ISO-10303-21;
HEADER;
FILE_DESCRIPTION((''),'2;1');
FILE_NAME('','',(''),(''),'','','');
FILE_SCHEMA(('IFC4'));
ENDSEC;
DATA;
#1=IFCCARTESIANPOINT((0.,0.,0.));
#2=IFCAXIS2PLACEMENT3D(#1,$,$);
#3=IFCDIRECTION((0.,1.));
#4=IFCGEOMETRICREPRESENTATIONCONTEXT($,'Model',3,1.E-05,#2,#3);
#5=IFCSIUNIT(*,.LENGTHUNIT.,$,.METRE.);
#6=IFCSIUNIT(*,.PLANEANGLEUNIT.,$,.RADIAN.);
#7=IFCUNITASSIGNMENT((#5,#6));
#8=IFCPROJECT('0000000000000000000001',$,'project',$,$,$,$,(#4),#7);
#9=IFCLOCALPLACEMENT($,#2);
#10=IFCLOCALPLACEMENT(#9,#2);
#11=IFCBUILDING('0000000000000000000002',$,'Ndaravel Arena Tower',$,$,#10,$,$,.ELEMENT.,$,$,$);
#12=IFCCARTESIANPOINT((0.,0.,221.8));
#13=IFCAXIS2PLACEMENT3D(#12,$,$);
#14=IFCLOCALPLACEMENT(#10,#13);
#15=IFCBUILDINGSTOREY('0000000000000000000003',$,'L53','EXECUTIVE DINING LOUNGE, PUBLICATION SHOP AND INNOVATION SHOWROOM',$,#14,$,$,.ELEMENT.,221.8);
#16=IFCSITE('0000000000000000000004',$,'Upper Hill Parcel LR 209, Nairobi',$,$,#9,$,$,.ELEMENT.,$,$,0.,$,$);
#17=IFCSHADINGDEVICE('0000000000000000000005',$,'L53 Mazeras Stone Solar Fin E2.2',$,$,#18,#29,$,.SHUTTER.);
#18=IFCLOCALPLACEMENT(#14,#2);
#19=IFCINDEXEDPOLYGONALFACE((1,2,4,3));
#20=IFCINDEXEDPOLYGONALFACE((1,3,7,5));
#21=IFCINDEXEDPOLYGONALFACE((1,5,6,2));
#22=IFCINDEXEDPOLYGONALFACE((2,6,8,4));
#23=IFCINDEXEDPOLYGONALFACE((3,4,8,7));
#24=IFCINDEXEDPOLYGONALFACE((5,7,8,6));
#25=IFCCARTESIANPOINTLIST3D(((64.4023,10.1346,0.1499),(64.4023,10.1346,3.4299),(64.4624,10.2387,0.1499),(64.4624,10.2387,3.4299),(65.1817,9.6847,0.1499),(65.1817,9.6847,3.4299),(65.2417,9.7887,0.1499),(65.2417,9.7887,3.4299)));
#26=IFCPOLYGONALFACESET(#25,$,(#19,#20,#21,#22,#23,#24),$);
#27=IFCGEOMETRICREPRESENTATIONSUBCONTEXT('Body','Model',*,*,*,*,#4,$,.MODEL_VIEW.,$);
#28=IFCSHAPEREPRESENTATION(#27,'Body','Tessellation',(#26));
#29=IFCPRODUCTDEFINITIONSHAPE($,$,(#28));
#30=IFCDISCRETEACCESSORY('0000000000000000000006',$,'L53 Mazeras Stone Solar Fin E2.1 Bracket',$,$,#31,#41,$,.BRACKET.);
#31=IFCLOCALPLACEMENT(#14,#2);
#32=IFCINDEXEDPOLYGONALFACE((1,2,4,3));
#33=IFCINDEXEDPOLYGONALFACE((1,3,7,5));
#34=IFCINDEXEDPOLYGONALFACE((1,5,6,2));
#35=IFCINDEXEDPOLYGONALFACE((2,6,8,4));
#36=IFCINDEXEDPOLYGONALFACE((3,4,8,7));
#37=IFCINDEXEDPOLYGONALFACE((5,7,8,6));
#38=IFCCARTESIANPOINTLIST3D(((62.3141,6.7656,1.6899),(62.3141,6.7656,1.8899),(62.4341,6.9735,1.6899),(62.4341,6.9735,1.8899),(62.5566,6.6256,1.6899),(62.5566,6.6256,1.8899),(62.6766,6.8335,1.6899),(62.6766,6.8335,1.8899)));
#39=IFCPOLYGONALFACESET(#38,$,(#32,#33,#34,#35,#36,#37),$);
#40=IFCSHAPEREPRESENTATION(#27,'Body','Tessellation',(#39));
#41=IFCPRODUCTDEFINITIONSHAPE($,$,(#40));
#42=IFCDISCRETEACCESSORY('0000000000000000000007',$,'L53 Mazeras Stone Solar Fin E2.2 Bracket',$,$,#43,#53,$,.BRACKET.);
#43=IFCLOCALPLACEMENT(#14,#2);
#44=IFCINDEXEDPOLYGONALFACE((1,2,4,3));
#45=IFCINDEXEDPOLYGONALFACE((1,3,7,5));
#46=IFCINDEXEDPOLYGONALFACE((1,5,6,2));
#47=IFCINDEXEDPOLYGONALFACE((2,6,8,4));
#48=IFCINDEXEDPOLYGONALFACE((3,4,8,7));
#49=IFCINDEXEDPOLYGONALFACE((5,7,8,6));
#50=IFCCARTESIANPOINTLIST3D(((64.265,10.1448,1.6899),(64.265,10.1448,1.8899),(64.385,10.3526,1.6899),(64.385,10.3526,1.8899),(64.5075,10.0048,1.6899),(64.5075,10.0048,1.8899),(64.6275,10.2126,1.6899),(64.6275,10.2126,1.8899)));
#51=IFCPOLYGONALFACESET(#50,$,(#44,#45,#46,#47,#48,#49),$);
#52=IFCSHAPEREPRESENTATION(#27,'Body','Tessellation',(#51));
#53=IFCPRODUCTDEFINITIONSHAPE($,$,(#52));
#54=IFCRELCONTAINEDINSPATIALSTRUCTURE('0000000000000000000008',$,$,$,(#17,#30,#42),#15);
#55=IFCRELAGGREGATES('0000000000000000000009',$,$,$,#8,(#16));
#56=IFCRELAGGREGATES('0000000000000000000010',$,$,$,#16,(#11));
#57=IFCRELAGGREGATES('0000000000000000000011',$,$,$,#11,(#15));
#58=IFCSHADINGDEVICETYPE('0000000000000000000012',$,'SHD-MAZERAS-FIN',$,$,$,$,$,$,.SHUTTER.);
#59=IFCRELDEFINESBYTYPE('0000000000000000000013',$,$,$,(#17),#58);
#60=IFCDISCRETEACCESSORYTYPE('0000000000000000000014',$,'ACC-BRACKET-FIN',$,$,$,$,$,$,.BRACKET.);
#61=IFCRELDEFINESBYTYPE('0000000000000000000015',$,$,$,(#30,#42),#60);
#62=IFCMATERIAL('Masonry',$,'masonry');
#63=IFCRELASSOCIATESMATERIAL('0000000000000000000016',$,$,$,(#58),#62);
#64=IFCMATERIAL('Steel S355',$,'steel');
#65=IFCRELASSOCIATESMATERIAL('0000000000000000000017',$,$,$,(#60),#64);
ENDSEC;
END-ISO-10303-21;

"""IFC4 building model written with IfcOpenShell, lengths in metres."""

from ifc_helpers import new_model, si_unit, direction, frame, origin, origin_2d, place, context, subcontext, project, spatial, rectangle, extrude, material, type_object, element, save


model = new_model("IFC4")

# Units and contexts
model_context = context("Model", 3, precision=1e-05, world=origin(), true_north=direction((0.0, 1.0)))
body_context = subcontext(model_context, "Body", "Model", "MODEL_VIEW")
ifc_project = project(units=[si_unit("LENGTHUNIT", "METRE"), si_unit("PLANEANGLEUNIT", "RADIAN")], contexts=[model_context])

# Site, building, storey
site_placement = place(None, origin())
site = spatial("IfcSite", under=ifc_project, at=site_placement, Name="Upper Hill Parcel LR 209, Nairobi", CompositionType="ELEMENT", RefElevation=0.0)
building_placement = place(site_placement, origin())
building = spatial("IfcBuilding", under=site, at=building_placement, Name="Ndaravel Arena Tower", CompositionType="ELEMENT")
storey_placement = place(building_placement, frame((0.0, 0.0, 221.8)))
storey = spatial("IfcBuildingStorey", under=building, at=storey_placement, Name="L53", Description="EXECUTIVE DINING LOUNGE, PUBLICATION SHOP AND INNOVATION SHOWROOM", CompositionType="ELEMENT", Elevation=221.8)

# Shading device
ifc_material_1 = material(Name="Masonry", Category="masonry")
shading_device_type = type_object("IfcShadingDeviceType", Name="SHD-MAZERAS-FIN", PredefinedType="SHUTTER", material=ifc_material_1)
for number, where, z_axis, x_axis, name in (
    (1, (64.822, 9.9617, 0.1499), (0.0, 0.0, 1.0), (0.866025, -0.5, 0.0), "L53 Mazeras Stone Solar Fin E2.2"),
):
    element("IfcShadingDevice", number, at=place(storey_placement, frame(where, z_axis=z_axis, x_axis=x_axis)), inside=storey, type_object=shading_device_type, Name=name, PredefinedType="SHUTTER", context=body_context, shape_type="SweptSolid", body=[
        extrude(rectangle(XDim=0.8999, YDim=0.1201, at=origin_2d()), origin(), (0.0, 0.0, 1.0), 3.28),
    ])

# Discrete accessories
ifc_material_2 = material(Name="Steel S355", Category="steel")
discrete_accessory_type = type_object("IfcDiscreteAccessoryType", Name="ACC-BRACKET-FIN", PredefinedType="BRACKET", material=ifc_material_2)
for number, where, z_axis, x_axis, name in (
    (2, (62.4954, 6.7996, 1.6899), (0.0, 0.0, 1.0), (0.866025, -0.5, 0.0), "L53 Mazeras Stone Solar Fin E2.1 Bracket"),
    (3, (64.4463, 10.1787, 1.6899), (0.0, 0.0, 1.0), (0.866025, -0.5, 0.0), "L53 Mazeras Stone Solar Fin E2.2 Bracket"),
):
    element("IfcDiscreteAccessory", number, at=place(storey_placement, frame(where, z_axis=z_axis, x_axis=x_axis)), inside=storey, type_object=discrete_accessory_type, Name=name, PredefinedType="BRACKET", context=body_context, shape_type="SweptSolid", body=[
        extrude(rectangle(XDim=0.28, YDim=0.24, at=origin_2d()), origin(), (0.0, 0.0, 1.0), 0.2),
    ])

save(model, "model.ifc")
